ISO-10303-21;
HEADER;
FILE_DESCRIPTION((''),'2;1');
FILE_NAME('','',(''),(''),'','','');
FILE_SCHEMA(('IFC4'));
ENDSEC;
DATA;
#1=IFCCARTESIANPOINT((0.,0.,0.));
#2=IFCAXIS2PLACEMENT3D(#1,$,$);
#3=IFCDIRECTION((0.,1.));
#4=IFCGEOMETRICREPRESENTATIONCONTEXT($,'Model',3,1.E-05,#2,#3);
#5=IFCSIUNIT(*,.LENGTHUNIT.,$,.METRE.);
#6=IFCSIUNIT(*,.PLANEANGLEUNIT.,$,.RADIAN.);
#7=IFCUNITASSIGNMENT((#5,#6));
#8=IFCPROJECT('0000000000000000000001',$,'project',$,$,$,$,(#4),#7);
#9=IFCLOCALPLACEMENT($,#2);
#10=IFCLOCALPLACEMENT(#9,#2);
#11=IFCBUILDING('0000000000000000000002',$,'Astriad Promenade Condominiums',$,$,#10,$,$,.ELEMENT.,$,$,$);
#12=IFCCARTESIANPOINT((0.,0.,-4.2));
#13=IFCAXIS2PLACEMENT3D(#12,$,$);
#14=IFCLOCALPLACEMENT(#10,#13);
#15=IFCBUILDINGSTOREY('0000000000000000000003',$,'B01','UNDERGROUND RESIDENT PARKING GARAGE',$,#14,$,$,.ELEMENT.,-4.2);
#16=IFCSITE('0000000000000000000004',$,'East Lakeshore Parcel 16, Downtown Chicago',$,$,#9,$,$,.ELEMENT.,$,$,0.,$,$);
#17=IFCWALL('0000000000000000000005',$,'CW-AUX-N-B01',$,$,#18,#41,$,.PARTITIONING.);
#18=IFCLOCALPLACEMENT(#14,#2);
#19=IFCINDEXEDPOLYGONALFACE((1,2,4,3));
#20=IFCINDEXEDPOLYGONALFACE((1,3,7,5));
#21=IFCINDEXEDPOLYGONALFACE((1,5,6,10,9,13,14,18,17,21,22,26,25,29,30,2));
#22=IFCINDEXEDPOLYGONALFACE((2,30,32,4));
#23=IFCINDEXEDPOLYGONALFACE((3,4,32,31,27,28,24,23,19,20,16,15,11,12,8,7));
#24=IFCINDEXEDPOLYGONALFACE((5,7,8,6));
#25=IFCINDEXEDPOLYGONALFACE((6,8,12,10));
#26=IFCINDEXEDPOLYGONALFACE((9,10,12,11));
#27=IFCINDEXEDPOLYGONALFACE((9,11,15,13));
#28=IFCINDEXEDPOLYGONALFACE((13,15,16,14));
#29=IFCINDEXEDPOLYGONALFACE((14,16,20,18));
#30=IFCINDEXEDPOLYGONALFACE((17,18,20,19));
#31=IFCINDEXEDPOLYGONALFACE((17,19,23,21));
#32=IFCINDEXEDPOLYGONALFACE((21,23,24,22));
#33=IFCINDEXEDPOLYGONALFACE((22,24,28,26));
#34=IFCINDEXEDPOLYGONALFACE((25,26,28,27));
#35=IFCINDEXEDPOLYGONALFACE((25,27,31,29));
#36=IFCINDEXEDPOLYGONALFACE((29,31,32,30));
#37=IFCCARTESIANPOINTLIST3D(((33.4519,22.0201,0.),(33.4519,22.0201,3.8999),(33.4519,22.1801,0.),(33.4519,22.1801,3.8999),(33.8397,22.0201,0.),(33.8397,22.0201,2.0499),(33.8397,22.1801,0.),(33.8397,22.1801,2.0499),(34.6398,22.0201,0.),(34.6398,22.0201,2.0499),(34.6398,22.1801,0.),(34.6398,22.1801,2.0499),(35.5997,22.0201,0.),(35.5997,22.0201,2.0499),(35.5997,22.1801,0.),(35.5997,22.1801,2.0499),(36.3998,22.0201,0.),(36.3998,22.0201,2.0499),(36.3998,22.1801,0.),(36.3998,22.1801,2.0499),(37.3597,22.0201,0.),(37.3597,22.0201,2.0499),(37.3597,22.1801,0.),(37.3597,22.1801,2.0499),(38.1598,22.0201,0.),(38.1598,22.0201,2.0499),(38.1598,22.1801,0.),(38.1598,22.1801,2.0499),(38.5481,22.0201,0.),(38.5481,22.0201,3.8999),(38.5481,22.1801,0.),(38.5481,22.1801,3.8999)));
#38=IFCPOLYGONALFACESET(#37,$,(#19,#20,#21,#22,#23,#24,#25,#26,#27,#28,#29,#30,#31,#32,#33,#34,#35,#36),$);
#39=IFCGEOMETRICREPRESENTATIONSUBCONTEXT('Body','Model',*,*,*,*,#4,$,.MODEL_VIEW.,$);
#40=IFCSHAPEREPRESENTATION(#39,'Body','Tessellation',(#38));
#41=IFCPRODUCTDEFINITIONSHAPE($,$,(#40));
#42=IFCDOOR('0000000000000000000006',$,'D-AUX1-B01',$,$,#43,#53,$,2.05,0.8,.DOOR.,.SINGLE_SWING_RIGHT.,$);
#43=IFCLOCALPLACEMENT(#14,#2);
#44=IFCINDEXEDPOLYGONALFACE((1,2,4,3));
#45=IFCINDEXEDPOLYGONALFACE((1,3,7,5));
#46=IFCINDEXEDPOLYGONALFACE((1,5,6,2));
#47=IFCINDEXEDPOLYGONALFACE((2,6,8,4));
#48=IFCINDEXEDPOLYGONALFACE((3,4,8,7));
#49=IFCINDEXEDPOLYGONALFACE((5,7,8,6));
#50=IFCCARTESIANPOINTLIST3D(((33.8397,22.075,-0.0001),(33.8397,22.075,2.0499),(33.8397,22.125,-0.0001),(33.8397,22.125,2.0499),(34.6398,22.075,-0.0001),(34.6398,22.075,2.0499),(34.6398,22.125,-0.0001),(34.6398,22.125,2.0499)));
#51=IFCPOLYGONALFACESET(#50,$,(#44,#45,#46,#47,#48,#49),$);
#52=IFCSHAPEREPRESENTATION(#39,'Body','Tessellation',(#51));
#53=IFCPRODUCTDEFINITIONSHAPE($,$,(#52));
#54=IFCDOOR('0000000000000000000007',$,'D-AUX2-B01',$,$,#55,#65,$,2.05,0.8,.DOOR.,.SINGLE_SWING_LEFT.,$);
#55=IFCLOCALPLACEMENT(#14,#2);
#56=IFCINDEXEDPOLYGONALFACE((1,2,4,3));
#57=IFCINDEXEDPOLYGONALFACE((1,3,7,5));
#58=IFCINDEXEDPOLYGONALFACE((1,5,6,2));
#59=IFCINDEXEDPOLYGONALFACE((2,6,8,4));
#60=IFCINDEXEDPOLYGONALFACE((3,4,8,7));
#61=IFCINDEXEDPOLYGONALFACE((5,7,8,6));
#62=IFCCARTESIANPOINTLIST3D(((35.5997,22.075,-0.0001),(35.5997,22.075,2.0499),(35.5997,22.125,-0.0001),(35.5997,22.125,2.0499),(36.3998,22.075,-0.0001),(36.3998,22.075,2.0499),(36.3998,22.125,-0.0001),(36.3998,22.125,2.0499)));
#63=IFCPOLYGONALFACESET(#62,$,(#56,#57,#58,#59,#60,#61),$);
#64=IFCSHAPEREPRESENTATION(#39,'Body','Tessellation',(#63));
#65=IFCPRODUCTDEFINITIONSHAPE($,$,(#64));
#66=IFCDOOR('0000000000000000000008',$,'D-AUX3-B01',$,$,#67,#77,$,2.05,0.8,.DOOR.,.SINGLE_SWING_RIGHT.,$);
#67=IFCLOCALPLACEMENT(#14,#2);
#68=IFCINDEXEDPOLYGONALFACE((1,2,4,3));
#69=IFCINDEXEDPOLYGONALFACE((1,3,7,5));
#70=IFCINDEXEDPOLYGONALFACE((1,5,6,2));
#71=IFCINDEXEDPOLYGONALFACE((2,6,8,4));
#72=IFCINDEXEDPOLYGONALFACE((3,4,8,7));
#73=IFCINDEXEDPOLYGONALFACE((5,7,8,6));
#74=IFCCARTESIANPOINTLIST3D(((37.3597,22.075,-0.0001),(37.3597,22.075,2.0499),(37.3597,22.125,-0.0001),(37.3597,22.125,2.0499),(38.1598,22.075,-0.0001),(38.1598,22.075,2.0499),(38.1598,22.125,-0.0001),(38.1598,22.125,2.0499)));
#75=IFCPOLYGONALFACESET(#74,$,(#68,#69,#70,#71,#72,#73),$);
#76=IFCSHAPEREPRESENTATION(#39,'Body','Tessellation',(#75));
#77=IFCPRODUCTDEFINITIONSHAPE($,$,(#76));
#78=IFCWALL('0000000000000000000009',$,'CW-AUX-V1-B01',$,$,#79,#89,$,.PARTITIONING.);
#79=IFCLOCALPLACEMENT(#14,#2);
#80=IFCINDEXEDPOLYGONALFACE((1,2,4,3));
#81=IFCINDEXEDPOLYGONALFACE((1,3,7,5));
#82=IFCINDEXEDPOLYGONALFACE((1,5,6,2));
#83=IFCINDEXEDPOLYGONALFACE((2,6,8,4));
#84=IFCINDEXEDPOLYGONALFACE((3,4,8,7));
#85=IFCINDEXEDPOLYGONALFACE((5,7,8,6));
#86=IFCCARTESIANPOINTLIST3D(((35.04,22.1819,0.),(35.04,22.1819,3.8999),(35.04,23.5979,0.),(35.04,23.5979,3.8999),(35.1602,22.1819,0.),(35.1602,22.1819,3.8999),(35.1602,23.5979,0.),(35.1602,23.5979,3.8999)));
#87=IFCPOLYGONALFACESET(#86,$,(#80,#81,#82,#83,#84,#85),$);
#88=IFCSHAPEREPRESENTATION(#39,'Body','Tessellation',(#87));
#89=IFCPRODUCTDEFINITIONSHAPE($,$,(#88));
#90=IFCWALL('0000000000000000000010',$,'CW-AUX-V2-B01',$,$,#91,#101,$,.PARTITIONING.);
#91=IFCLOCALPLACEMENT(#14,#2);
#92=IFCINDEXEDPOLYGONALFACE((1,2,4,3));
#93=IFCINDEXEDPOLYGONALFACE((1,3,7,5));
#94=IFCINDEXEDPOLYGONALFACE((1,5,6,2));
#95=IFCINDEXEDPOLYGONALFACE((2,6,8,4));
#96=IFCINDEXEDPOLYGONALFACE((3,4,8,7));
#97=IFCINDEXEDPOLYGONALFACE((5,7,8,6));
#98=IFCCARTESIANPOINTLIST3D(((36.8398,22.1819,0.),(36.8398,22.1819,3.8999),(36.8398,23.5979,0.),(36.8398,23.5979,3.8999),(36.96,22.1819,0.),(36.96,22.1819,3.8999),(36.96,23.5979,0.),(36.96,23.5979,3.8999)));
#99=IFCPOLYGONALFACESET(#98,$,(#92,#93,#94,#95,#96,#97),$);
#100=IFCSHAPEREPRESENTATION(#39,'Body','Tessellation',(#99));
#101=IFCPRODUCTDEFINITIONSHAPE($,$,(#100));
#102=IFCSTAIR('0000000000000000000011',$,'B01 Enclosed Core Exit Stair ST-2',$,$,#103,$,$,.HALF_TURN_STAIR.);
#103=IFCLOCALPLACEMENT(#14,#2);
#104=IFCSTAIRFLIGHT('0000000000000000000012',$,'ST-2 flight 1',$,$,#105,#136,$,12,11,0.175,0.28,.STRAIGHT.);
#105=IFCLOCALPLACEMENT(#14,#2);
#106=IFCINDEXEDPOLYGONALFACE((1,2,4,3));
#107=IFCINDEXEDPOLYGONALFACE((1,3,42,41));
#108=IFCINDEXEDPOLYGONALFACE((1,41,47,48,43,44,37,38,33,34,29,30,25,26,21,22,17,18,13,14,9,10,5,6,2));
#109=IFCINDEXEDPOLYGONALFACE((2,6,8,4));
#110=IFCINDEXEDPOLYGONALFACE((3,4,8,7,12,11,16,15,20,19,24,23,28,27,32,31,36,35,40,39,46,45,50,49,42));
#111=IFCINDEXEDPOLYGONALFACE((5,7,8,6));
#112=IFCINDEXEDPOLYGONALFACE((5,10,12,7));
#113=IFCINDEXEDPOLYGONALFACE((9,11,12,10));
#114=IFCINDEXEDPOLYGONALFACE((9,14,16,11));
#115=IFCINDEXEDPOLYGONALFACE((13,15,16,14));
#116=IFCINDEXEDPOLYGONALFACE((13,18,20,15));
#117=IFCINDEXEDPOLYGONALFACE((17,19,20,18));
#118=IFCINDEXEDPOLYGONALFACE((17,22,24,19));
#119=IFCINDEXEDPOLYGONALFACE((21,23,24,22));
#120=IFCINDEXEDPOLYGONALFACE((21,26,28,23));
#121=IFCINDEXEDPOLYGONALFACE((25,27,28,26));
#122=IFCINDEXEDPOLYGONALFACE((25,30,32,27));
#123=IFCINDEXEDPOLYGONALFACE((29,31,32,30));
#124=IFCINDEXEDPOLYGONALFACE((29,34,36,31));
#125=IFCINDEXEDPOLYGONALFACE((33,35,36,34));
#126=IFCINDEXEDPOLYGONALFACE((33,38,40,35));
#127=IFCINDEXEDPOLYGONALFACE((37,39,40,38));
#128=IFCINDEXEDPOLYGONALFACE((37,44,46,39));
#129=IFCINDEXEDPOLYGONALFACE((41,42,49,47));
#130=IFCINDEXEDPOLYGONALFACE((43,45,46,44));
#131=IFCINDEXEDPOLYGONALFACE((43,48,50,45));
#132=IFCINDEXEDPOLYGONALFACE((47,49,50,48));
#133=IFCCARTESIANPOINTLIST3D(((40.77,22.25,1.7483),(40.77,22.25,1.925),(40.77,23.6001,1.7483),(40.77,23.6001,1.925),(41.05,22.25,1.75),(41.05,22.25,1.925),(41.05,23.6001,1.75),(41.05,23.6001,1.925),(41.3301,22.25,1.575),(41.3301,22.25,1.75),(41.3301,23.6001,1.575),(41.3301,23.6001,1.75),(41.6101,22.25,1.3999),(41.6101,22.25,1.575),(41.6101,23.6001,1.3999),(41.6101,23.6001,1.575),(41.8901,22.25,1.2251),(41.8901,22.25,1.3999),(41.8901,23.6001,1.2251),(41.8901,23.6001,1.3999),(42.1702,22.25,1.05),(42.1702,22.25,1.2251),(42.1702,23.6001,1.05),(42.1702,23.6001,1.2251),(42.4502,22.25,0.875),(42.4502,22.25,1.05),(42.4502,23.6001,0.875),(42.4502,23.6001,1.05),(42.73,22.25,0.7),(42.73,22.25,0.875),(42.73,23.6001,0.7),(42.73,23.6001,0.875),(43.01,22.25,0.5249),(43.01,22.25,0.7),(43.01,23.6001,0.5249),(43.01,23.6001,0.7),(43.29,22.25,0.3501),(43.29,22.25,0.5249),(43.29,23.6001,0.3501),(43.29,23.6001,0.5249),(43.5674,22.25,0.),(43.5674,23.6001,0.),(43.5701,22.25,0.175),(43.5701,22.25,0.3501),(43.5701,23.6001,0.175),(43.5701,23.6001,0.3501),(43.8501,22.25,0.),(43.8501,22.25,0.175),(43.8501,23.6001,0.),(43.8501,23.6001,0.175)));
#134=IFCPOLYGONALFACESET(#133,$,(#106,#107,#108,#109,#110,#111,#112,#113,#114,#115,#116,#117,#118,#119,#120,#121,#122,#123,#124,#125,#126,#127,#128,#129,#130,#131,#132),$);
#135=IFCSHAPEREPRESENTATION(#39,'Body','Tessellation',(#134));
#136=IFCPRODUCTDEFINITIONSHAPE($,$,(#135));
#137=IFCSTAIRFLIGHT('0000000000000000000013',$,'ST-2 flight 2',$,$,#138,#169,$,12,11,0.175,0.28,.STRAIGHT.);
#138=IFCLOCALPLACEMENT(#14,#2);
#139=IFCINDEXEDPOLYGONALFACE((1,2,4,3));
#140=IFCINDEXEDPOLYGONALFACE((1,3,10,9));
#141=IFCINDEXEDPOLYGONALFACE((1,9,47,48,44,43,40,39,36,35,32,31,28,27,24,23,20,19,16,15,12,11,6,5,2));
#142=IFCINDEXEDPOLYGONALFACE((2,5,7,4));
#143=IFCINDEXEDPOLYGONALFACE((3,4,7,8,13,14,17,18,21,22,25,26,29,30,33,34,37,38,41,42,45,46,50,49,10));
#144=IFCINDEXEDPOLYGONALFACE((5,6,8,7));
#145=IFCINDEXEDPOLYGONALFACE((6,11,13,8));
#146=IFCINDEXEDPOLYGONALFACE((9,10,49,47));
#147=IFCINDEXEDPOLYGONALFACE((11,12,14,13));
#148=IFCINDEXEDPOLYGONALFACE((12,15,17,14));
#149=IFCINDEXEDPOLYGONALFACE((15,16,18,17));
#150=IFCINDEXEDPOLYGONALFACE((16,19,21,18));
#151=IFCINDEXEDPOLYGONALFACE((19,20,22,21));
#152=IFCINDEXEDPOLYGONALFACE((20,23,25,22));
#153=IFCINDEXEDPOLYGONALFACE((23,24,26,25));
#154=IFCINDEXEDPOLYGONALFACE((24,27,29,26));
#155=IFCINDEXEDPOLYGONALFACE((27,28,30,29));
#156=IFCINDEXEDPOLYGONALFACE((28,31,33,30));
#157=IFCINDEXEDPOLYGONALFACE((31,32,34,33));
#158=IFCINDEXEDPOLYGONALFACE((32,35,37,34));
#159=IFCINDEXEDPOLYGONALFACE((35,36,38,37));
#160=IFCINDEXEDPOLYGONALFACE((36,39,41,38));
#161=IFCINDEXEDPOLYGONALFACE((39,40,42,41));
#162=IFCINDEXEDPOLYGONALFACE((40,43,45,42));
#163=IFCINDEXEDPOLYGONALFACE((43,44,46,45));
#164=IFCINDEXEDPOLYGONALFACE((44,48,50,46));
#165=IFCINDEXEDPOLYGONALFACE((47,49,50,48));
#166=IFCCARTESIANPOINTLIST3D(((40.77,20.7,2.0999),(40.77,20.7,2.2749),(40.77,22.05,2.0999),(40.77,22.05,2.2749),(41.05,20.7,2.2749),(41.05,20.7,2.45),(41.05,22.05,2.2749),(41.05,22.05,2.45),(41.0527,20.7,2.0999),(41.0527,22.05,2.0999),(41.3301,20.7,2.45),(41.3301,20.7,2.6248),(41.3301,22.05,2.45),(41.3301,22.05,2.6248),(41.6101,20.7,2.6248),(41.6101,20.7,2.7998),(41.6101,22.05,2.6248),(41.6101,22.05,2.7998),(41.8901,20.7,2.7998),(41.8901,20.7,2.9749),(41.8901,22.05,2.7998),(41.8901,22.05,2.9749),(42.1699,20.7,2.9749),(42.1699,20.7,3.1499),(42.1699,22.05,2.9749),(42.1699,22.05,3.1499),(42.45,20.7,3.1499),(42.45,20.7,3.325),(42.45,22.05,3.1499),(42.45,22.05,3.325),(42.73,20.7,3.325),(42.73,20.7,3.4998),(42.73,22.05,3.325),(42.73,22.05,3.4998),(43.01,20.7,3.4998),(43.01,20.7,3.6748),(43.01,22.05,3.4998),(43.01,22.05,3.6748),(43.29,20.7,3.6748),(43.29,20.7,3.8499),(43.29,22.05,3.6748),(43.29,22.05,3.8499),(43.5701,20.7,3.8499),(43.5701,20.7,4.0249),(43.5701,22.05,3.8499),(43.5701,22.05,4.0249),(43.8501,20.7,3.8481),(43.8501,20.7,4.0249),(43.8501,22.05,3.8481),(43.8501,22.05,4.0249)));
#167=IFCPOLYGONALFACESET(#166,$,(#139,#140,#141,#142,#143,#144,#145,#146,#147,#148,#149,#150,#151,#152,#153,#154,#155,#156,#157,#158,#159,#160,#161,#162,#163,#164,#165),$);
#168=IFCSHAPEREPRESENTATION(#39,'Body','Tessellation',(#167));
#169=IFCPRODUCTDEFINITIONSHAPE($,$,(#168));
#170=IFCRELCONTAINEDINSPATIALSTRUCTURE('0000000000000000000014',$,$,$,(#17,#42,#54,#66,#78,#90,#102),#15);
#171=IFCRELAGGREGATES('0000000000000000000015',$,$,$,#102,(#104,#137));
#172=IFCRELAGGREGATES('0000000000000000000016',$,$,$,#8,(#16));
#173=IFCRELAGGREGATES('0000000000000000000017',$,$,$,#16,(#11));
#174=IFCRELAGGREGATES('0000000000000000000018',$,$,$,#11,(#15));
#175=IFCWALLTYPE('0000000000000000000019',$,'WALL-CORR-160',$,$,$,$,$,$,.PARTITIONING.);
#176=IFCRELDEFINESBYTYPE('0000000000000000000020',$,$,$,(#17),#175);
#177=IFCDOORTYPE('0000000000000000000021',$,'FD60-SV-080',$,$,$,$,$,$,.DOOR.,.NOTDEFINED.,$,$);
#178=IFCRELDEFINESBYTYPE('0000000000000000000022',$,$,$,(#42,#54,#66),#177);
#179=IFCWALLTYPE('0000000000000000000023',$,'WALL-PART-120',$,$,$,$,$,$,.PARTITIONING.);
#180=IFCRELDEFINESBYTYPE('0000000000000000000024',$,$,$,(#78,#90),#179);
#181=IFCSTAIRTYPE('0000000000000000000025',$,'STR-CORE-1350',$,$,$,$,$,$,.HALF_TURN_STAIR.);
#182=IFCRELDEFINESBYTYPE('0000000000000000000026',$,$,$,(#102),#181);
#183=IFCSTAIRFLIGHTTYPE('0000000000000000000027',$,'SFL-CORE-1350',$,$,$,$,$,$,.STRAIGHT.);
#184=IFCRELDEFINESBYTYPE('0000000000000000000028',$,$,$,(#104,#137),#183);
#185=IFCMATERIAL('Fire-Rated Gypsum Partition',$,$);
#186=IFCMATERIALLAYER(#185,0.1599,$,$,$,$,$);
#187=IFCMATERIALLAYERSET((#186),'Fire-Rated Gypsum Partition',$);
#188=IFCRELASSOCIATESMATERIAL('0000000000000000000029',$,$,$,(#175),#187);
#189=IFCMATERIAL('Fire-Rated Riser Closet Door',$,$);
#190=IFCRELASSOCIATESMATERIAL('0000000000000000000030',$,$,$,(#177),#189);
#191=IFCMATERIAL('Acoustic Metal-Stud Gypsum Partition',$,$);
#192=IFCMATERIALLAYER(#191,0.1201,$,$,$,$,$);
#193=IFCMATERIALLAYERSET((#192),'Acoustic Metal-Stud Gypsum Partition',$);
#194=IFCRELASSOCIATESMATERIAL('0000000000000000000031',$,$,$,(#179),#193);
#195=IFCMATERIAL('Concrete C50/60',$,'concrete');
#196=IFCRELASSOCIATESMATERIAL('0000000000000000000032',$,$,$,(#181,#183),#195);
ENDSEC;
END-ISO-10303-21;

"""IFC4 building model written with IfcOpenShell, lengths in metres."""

from ifc_helpers import new_model, si_unit, direction, frame, frame_2d, origin, place, context, subcontext, project, spatial, polyline, rectangle, outline, extrude, source, transform, mapped, material, layer, layer_set, type_object, type_shapes, element, fill, aggregate, save


model = new_model("IFC4")

# Units and contexts
model_context = context("Model", 3, precision=1e-05, world=origin(), true_north=direction((0.0, 1.0)))
body_context = subcontext(model_context, "Body", "Model", "MODEL_VIEW")
ifc_project = project(units=[si_unit("LENGTHUNIT", "METRE"), si_unit("PLANEANGLEUNIT", "RADIAN")], contexts=[model_context])

# Site, building, storey
site_placement = place(None, origin())
site = spatial("IfcSite", under=ifc_project, at=site_placement, Name="East Lakeshore Parcel 16, Downtown Chicago", CompositionType="ELEMENT", RefElevation=0.0)
building_placement = place(site_placement, origin())
building = spatial("IfcBuilding", under=site, at=building_placement, Name="Astriad Promenade Condominiums", CompositionType="ELEMENT")
storey_placement = place(building_placement, frame((0.0, 0.0, -4.2)))
storey = spatial("IfcBuildingStorey", under=building, at=storey_placement, Name="B01", Description="UNDERGROUND RESIDENT PARKING GARAGE", CompositionType="ELEMENT", Elevation=-4.2)

# Shared definitions
ifc_material_1 = material(Name="Concrete C50/60", Category="concrete")

# Shared definitions
ifc_material_2 = material(Name="Fire-Rated Gypsum Partition")
ifc_layer_1 = layer(ifc_material_2, 0.1599)
ifc_layer_set_1 = layer_set([ifc_layer_1], Name="Fire-Rated Gypsum Partition")
wall_type_1 = type_object("IfcWallType", Name="WALL-CORR-160", PredefinedType="PARTITIONING", material=ifc_layer_set_1)

# Wall, openings, doors
wall_1_placement = place(storey_placement, frame((33.4519, 22.1001, 0.0), z_axis=(0.0, 0.0, 1.0), x_axis=(1.0, 0.0, 0.0)))
wall_1 = element("IfcWall", 1, at=wall_1_placement, inside=storey, type_object=wall_type_1, Name="CW-AUX-N-B01", PredefinedType="PARTITIONING", context=body_context, shape_type="SweptSolid", body=[
    extrude(rectangle(XDim=5.0962, YDim=0.1599, at=frame_2d((2.5481, 0.0))), origin(), (0.0, 0.0, 1.0), 3.8999),
])
opening_1_placement = place(wall_1_placement, frame((0.3879, 0.0, 0.0)))
opening_1 = element("IfcOpeningElement", 2, at=opening_1_placement, cuts=wall_1, PredefinedType="OPENING", context=body_context, shape_type="SweptSolid", body=[
    extrude(rectangle(XDim=0.8, YDim=2.05, at=frame_2d((0.3999, 1.0249))), frame((0.0, 0.0898, 0.0), z_axis=(0.0, -1.0, 0.0), x_axis=(1.0, 0.0, 0.0)), (0.0, 0.0, 1.0), 0.1799),
])
opening_2_placement = place(wall_1_placement, frame((2.1479, 0.0, 0.0)))
opening_2 = element("IfcOpeningElement", 3, at=opening_2_placement, cuts=wall_1, PredefinedType="OPENING", context=body_context, shape_type="SweptSolid", body=[
    extrude(rectangle(XDim=0.8, YDim=2.05, at=frame_2d((0.3999, 1.0249))), frame((0.0, 0.0898, 0.0), z_axis=(0.0, -1.0, 0.0), x_axis=(1.0, 0.0, 0.0)), (0.0, 0.0, 1.0), 0.1799),
])
opening_3_placement = place(wall_1_placement, frame((3.908, 0.0, 0.0)))
opening_3 = element("IfcOpeningElement", 4, at=opening_3_placement, cuts=wall_1, PredefinedType="OPENING", context=body_context, shape_type="SweptSolid", body=[
    extrude(rectangle(XDim=0.8, YDim=2.05, at=frame_2d((0.3999, 1.0249))), frame((0.0, 0.0898, 0.0), z_axis=(0.0, -1.0, 0.0), x_axis=(1.0, 0.0, 0.0)), (0.0, 0.0, 1.0), 0.1799),
])
ifc_material_3 = material(Name="Fire-Rated Riser Closet Door")
door_type_1 = type_object("IfcDoorType", Name="FD60-SV-080", OperationType="NOTDEFINED", PredefinedType="DOOR", material=ifc_material_3)
shared_shape_1 = source(origin(), body_context, "Body", "SweptSolid", [
    extrude(rectangle(XDim=0.8, YDim=2.05, at=frame_2d((0.3999, 1.0249))), frame((0.0, 0.0249, 0.0), z_axis=(0.0, -1.0, 0.0), x_axis=(1.0, 0.0, 0.0)), (0.0, 0.0, 1.0), 0.05),
])
type_shapes(door_type_1, [shared_shape_1])
door_1_placement = place(opening_1_placement, origin())
door_1 = element("IfcDoor", 5, at=door_1_placement, inside=storey, type_object=door_type_1, Name="D-AUX1-B01", OperationType="SINGLE_SWING_RIGHT", OverallHeight=2.05, OverallWidth=0.8, PredefinedType="DOOR", context=body_context, shape_type="MappedRepresentation", body=[
    mapped(shared_shape_1, transform((0.0, 0.0, 0.0), scale=1.0)),
])
fill(opening_1, door_1)
door_2_placement = place(opening_2_placement, origin())
door_2 = element("IfcDoor", 6, at=door_2_placement, inside=storey, type_object=door_type_1, Name="D-AUX2-B01", OperationType="SINGLE_SWING_LEFT", OverallHeight=2.05, OverallWidth=0.8, PredefinedType="DOOR", context=body_context, shape_type="MappedRepresentation", body=[
    mapped(shared_shape_1, transform((0.0, 0.0, 0.0), scale=1.0)),
])
fill(opening_2, door_2)
door_3_placement = place(opening_3_placement, origin())
door_3 = element("IfcDoor", 7, at=door_3_placement, inside=storey, type_object=door_type_1, Name="D-AUX3-B01", OperationType="SINGLE_SWING_RIGHT", OverallHeight=2.05, OverallWidth=0.8, PredefinedType="DOOR", context=body_context, shape_type="MappedRepresentation", body=[
    mapped(shared_shape_1, transform((0.0, 0.0, 0.0), scale=1.0)),
])
fill(opening_3, door_3)

# Walls
ifc_material_4 = material(Name="Acoustic Metal-Stud Gypsum Partition")
ifc_layer_2 = layer(ifc_material_4, 0.1201)
ifc_layer_set_2 = layer_set([ifc_layer_2], Name="Acoustic Metal-Stud Gypsum Partition")
wall_type_2 = type_object("IfcWallType", Name="WALL-PART-120", PredefinedType="PARTITIONING", material=ifc_layer_set_2)
for number, where, z_axis, x_axis, name in (
    (8, (35.1001, 22.1819, 0.0), (0.0, 0.0, 1.0), (0.0, 1.0, 0.0), "CW-AUX-V1-B01"),
    (9, (36.8999, 22.1819, 0.0), (0.0, 0.0, 1.0), (0.0, 1.0, 0.0), "CW-AUX-V2-B01"),
):
    element("IfcWall", number, at=place(storey_placement, frame(where, z_axis=z_axis, x_axis=x_axis)), inside=storey, type_object=wall_type_2, Name=name, PredefinedType="PARTITIONING", context=body_context, shape_type="SweptSolid", body=[
        extrude(rectangle(XDim=1.416, YDim=0.1201, at=frame_2d((0.708, 0.0))), origin(), (0.0, 0.0, 1.0), 3.8999),
    ])

# Stair, stair flights
stair_type = type_object("IfcStairType", Name="STR-CORE-1350", PredefinedType="HALF_TURN_STAIR", material=ifc_material_1)
stair_placement = place(storey_placement, origin())
stair = element("IfcStair", 10, at=stair_placement, inside=storey, type_object=stair_type, Name="B01 Enclosed Core Exit Stair ST-2", PredefinedType="HALF_TURN_STAIR")
stair_flight_type = type_object("IfcStairFlightType", Name="SFL-CORE-1350", PredefinedType="STRAIGHT", material=ifc_material_1)
shared_shape_2 = source(origin(), body_context, "Body", "SweptSolid", [
    extrude(outline(polyline([(0.0, 0.0), (0.0, 0.175), (0.28, 0.175), (0.28, 0.3501), (0.5601, 0.3501), (0.5601, 0.5249), (0.8401, 0.5249), (0.8401, 0.7), (1.1201, 0.7), (1.1201, 0.875), (1.3999, 0.875), (1.3999, 1.05), (1.6799, 1.05), (1.6799, 1.2251), (1.96, 1.2251), (1.96, 1.3999), (2.24, 1.3999), (2.24, 1.575), (2.52, 1.575), (2.52, 1.75), (2.8, 1.75), (2.8, 1.925), (3.0801, 1.925), (3.0801, 2.1001), (3.0801, 1.7483), (0.2827, 0.0), (0.0, 0.0)])), frame((0.0, 0.675, 0.0), z_axis=(0.0, -1.0, 0.0), x_axis=(1.0, 0.0, 0.0)), (0.0, 0.0, 1.0), 1.3501),
])
type_shapes(stair_flight_type, [shared_shape_2])
stair_flight_1_placement = place(storey_placement, frame((43.8501, 22.925, 0.0), z_axis=(0.0, 0.0, 1.0), x_axis=(-1.0, 0.0, 0.0)))
stair_flight_1 = element("IfcStairFlight", 11, at=stair_flight_1_placement, type_object=stair_flight_type, Name="ST-2 flight 1", NumberOfRisers=12, NumberOfTreads=11, PredefinedType="STRAIGHT", RiserHeight=0.175, TreadLength=0.28, context=body_context, shape_type="MappedRepresentation", body=[
    mapped(shared_shape_2, transform((0.0, 0.0, 0.0), scale=1.0)),
])
stair_flight_2_placement = place(storey_placement, frame((40.77, 21.375, 2.0999), z_axis=(0.0, 0.0, 1.0), x_axis=(1.0, 0.0, 0.0)))
stair_flight_2 = element("IfcStairFlight", 12, at=stair_flight_2_placement, type_object=stair_flight_type, Name="ST-2 flight 2", NumberOfRisers=12, NumberOfTreads=11, PredefinedType="STRAIGHT", RiserHeight=0.175, TreadLength=0.28, context=body_context, shape_type="MappedRepresentation", body=[
    mapped(shared_shape_2, transform((0.0, 0.0, 0.0), scale=1.0)),
])
aggregate(stair, [stair_flight_1, stair_flight_2])

save(model, "model.ifc")
